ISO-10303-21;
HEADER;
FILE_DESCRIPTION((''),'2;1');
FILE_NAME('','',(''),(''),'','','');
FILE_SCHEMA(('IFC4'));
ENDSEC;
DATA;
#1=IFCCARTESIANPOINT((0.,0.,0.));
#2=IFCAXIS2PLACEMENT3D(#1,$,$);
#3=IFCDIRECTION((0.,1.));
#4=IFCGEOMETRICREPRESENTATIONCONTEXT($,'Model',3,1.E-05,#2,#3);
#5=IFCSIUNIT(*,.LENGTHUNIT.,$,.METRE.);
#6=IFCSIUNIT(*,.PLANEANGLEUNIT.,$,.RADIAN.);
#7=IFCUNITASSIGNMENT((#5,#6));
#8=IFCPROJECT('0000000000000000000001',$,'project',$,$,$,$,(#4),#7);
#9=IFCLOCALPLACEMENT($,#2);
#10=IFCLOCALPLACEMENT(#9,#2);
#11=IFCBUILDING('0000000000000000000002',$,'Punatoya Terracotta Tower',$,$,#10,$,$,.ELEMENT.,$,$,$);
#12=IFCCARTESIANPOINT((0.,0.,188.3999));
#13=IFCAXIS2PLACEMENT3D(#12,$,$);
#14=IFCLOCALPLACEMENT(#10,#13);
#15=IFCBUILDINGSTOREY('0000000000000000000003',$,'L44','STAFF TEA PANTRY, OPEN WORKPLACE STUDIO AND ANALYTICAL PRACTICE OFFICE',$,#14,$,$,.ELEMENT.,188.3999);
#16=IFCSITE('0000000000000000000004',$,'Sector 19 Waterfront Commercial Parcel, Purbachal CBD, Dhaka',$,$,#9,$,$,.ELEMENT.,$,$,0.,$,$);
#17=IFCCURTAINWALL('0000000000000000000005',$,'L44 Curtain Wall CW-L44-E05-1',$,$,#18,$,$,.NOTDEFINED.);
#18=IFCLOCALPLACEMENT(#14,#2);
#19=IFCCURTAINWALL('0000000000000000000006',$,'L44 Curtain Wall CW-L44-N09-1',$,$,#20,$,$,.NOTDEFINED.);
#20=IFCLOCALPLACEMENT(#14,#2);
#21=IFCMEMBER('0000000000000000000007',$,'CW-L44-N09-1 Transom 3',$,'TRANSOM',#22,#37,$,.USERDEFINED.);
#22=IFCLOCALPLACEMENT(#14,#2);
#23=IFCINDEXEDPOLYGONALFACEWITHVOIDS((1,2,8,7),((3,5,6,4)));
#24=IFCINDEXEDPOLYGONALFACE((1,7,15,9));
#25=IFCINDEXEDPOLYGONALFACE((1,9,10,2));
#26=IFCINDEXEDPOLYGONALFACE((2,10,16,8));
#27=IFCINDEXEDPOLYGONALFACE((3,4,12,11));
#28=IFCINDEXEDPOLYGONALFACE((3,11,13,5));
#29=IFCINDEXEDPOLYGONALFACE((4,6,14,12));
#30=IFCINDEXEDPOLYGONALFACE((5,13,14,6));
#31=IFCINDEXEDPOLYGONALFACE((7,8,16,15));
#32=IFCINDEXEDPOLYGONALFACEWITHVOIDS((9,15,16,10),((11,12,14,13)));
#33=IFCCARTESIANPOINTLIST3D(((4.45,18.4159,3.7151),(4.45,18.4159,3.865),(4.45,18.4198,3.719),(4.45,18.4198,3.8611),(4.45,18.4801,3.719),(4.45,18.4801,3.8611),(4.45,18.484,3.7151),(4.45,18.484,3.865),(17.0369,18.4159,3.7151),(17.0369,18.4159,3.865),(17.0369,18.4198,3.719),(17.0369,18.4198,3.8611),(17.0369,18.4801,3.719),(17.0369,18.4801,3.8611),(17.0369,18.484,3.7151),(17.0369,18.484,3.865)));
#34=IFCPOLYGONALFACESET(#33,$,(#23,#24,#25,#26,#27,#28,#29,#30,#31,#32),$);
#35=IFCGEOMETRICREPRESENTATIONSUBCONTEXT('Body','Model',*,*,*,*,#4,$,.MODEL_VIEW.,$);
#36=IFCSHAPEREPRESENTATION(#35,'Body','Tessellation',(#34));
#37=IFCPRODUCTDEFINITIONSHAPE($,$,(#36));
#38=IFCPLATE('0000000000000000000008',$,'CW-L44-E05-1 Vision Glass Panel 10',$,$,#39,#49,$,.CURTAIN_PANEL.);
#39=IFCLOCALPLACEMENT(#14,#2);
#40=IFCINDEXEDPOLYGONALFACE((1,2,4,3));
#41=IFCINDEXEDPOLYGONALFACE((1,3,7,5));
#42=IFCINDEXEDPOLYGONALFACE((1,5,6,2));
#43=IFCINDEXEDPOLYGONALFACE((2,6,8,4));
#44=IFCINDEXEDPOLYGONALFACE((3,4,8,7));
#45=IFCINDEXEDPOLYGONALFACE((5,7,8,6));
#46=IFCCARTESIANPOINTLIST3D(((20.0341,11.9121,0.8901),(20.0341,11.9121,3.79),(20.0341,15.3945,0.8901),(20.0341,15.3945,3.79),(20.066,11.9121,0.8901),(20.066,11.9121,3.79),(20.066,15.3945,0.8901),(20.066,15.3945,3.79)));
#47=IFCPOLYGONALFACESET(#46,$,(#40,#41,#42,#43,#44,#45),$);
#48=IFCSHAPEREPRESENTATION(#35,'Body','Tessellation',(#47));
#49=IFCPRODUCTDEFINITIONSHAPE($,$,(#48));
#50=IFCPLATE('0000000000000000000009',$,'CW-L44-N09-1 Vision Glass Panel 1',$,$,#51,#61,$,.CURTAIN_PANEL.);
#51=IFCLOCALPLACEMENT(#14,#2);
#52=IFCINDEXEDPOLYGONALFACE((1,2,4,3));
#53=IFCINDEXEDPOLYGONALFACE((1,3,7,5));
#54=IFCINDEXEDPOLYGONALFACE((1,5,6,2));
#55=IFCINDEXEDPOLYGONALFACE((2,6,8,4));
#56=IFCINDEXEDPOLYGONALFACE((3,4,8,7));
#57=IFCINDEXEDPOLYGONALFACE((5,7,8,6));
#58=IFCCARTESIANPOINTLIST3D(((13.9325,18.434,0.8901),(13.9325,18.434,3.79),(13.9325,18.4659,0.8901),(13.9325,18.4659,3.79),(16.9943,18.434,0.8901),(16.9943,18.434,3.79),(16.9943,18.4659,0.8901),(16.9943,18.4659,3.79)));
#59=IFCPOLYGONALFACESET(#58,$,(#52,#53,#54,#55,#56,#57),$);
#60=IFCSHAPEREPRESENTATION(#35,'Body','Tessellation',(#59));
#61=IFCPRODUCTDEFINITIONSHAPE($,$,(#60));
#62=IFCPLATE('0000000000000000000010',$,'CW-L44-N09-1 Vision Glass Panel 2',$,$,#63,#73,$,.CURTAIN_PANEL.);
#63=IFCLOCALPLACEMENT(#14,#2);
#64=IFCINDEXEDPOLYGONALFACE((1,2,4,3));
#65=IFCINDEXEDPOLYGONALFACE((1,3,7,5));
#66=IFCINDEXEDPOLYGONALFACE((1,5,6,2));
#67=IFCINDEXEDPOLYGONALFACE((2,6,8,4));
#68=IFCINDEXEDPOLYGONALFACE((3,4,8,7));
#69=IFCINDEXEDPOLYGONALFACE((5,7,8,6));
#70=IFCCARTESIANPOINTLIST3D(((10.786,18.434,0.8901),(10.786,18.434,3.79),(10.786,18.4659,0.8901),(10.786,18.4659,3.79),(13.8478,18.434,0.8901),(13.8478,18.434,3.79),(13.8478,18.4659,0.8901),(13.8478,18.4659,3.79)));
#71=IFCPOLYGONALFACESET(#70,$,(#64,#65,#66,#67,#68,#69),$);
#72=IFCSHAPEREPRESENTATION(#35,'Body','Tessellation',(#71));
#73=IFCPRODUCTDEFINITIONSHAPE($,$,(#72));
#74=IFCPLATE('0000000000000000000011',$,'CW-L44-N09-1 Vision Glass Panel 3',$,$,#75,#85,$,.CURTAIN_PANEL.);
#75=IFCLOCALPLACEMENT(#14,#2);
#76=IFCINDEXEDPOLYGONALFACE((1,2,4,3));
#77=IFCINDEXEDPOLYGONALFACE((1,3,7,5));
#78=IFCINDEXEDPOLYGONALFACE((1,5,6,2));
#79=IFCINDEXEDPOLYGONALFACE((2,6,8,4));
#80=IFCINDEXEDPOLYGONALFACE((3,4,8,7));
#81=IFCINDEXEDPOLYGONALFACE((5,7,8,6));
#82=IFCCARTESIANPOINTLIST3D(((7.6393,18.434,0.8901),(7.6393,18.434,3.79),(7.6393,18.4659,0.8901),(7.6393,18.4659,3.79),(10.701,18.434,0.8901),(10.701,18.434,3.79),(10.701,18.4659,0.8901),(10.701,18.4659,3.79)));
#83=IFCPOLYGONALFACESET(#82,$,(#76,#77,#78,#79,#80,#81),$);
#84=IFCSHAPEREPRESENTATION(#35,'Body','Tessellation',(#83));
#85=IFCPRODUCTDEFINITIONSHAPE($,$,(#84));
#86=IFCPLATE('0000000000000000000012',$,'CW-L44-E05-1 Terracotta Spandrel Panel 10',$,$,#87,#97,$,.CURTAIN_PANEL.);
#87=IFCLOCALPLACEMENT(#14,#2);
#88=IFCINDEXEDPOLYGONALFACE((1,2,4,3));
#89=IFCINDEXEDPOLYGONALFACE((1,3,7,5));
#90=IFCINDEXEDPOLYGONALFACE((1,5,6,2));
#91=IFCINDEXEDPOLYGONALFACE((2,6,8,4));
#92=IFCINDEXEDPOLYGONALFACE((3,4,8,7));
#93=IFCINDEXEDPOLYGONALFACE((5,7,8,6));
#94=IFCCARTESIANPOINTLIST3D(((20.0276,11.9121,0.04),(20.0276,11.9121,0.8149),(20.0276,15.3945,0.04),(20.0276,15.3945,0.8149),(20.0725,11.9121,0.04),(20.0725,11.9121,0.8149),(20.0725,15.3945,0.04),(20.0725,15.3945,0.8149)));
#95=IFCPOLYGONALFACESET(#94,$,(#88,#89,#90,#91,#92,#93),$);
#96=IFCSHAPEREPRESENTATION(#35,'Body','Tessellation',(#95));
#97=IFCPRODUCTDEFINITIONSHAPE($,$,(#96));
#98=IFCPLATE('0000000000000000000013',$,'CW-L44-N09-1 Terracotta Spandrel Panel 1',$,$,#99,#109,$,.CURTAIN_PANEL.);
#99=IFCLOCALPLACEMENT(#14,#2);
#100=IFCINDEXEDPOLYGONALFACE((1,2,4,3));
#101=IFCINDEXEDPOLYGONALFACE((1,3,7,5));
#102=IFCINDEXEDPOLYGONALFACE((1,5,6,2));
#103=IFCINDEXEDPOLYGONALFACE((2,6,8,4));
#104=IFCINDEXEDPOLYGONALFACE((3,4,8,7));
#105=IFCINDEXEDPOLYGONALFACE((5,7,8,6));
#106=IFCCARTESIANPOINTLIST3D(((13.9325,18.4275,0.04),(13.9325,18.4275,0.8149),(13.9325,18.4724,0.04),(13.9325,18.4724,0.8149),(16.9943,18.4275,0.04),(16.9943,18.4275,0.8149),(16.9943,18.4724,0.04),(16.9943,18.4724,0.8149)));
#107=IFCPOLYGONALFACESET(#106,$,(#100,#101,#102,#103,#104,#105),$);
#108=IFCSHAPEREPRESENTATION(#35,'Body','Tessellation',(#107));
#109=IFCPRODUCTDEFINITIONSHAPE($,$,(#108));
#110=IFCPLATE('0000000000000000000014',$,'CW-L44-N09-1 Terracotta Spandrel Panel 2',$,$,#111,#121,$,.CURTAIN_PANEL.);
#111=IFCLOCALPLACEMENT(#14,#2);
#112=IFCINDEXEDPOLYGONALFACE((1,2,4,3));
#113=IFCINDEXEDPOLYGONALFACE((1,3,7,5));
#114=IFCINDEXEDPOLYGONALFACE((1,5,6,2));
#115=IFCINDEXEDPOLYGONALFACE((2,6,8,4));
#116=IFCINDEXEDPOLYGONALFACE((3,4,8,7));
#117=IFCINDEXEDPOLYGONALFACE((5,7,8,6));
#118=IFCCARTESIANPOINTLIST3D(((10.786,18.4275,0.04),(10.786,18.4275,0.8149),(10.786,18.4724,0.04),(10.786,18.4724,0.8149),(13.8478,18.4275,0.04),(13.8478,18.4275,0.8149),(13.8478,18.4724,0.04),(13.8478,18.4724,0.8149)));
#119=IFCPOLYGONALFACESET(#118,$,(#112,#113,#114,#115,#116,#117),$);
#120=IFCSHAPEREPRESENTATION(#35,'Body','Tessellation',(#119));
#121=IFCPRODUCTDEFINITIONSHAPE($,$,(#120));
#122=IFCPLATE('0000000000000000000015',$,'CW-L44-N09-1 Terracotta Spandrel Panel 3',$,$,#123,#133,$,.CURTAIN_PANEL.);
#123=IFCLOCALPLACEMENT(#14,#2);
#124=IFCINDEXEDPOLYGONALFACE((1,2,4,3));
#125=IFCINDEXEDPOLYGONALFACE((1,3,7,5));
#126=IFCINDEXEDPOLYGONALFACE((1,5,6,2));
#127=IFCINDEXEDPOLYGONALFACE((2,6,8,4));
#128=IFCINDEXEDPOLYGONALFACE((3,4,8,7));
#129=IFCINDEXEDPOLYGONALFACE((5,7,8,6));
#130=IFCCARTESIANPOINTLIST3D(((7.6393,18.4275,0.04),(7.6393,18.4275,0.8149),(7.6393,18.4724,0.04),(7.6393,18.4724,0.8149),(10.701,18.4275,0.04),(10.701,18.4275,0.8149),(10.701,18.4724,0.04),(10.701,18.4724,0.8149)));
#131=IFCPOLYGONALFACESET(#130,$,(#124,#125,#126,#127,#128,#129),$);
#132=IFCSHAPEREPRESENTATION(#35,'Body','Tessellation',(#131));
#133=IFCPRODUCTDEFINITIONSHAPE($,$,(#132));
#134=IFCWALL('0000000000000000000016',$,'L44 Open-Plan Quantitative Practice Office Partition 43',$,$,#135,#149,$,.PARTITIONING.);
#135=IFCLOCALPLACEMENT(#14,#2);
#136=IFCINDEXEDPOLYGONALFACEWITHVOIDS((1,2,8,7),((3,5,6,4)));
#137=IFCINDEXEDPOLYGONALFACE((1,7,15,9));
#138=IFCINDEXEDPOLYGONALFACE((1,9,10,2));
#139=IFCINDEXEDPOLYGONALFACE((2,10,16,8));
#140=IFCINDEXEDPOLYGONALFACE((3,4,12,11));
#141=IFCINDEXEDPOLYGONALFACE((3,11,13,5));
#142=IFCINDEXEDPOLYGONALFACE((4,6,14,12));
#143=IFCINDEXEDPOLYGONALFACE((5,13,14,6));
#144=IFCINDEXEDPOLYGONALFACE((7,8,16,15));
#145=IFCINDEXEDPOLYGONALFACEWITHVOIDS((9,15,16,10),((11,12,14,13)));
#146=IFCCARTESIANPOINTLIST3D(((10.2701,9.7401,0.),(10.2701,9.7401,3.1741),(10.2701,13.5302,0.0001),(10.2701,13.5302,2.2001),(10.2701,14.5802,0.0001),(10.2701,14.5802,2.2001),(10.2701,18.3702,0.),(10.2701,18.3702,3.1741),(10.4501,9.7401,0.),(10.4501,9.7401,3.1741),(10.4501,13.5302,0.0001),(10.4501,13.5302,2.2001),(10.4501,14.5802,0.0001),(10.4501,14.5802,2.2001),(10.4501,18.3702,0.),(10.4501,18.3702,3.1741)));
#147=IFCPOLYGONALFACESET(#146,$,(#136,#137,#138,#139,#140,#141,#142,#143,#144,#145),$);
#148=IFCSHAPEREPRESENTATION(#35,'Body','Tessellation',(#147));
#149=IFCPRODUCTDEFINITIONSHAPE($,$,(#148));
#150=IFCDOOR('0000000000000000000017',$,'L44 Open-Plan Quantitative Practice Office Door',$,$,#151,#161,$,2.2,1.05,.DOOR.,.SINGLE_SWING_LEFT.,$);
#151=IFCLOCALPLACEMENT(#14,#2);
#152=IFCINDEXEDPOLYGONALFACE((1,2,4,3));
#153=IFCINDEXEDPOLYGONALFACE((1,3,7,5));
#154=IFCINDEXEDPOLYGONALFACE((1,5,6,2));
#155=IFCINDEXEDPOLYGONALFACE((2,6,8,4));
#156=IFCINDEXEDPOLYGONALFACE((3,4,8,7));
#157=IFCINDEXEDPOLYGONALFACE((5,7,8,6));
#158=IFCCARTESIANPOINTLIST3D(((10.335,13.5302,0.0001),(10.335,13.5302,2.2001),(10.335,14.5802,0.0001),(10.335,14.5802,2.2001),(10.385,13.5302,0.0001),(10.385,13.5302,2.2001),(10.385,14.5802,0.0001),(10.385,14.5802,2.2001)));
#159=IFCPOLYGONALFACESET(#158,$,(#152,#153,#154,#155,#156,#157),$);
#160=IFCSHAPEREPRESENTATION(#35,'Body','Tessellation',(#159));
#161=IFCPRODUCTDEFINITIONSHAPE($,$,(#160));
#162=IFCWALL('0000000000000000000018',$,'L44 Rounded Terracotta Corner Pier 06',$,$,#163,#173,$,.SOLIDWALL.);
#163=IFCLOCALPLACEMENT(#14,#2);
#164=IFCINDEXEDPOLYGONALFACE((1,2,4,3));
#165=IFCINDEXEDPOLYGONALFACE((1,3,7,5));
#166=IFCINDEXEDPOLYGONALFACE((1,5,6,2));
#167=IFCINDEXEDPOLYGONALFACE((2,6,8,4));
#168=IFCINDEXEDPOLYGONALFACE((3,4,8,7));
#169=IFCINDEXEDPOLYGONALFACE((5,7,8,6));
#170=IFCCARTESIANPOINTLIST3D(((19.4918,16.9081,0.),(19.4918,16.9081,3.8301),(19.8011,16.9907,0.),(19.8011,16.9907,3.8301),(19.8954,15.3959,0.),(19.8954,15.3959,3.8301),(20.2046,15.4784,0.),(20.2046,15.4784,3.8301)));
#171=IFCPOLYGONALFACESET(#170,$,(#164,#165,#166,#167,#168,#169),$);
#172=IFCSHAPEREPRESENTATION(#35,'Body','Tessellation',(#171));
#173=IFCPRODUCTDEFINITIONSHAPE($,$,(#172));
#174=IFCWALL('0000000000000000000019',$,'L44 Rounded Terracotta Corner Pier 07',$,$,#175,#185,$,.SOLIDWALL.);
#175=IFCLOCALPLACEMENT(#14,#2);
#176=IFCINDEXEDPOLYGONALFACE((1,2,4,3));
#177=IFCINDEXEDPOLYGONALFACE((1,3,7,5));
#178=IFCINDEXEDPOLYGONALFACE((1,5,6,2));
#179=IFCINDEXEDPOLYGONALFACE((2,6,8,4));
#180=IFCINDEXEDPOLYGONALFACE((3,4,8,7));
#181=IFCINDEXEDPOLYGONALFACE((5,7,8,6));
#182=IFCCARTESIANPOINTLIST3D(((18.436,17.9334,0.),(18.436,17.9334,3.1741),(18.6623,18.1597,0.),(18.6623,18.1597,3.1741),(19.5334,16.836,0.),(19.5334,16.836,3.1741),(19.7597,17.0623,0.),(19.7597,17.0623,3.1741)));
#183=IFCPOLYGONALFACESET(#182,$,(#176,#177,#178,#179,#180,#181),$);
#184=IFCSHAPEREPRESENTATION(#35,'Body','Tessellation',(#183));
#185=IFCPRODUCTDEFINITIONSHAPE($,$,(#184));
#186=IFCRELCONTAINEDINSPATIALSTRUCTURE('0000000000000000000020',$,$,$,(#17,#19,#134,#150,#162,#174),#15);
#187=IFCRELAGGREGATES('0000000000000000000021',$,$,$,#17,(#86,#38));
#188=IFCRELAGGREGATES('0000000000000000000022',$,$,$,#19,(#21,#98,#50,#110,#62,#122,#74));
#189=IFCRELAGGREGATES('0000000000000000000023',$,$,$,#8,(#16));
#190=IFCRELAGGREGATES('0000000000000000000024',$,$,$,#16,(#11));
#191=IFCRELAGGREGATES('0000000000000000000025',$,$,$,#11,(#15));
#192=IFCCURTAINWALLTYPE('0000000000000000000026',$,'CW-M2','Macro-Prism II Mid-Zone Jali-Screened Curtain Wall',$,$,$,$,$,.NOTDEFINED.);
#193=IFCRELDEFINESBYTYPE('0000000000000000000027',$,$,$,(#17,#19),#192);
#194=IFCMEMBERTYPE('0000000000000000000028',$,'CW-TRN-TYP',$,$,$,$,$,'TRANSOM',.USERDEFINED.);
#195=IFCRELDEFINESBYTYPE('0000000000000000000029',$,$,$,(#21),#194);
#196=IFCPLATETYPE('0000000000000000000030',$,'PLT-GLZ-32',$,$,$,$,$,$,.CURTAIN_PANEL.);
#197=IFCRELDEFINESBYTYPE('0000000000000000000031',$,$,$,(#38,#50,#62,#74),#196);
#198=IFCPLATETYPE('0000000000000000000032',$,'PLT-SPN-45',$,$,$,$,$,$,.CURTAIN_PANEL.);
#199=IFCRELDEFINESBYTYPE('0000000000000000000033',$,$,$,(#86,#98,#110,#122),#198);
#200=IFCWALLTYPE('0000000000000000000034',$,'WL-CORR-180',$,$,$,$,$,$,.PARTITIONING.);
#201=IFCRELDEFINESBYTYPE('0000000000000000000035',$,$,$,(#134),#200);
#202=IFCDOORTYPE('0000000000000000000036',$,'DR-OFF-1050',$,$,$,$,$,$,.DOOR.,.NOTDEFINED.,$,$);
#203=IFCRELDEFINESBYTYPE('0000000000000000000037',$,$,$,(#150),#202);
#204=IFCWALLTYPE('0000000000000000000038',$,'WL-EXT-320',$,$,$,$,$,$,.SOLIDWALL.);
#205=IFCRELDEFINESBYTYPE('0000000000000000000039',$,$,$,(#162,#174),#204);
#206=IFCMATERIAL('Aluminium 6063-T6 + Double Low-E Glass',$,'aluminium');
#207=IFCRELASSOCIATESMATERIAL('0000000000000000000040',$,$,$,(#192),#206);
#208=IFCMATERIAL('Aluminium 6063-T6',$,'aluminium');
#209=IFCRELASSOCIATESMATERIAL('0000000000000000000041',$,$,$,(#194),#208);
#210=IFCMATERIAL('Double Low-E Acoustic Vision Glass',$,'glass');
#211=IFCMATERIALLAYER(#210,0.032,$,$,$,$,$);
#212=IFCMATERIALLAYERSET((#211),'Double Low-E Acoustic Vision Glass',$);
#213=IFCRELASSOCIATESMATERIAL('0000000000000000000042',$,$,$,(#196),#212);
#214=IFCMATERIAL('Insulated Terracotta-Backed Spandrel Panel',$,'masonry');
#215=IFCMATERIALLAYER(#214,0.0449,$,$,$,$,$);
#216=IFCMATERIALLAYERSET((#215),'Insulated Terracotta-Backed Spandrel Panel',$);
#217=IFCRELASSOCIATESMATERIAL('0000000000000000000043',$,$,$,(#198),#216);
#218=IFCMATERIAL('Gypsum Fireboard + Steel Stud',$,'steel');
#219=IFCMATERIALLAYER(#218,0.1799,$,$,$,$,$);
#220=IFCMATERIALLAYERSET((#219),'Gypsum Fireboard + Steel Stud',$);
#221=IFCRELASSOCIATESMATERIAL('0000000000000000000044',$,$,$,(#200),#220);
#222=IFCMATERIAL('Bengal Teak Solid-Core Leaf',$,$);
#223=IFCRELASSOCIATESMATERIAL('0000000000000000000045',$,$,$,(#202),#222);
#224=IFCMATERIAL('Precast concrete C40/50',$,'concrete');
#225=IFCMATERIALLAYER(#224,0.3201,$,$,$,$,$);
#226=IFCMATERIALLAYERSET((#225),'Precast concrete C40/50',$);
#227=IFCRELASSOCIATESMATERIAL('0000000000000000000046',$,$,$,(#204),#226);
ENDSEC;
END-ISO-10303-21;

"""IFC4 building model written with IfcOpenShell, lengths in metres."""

from ifc_helpers import new_model, si_unit, direction, frame, frame_2d, origin, origin_2d, place, context, subcontext, project, spatial, rectangle, hollow_rectangle, extrude, material, layer, layer_set, material_profile, profile_set, type_object, element, fill, aggregate, save


model = new_model("IFC4")

# Units and contexts
model_context = context("Model", 3, precision=1e-05, world=origin(), true_north=direction((0.0, 1.0)))
body_context = subcontext(model_context, "Body", "Model", "MODEL_VIEW")
ifc_project = project(units=[si_unit("LENGTHUNIT", "METRE"), si_unit("PLANEANGLEUNIT", "RADIAN")], contexts=[model_context])

# Site, building, storey
site_placement = place(None, origin())
site = spatial("IfcSite", under=ifc_project, at=site_placement, Name="Sector 19 Waterfront Commercial Parcel, Purbachal CBD, Dhaka", CompositionType="ELEMENT", RefElevation=0.0)
building_placement = place(site_placement, origin())
building = spatial("IfcBuilding", under=site, at=building_placement, Name="Punatoya Terracotta Tower", CompositionType="ELEMENT")
storey_placement = place(building_placement, frame((0.0, 0.0, 188.3999)))
storey = spatial("IfcBuildingStorey", under=building, at=storey_placement, Name="L44", Description="STAFF TEA PANTRY, OPEN WORKPLACE STUDIO AND ANALYTICAL PRACTICE OFFICE", CompositionType="ELEMENT", Elevation=188.3999)

# Curtain walls, member
ifc_material_1 = material(Name="Aluminium 6063-T6 + Double Low-E Glass", Category="aluminium")
curtain_wall_type = type_object("IfcCurtainWallType", Name="CW-M2", Description="Macro-Prism II Mid-Zone Jali-Screened Curtain Wall", PredefinedType="NOTDEFINED", material=ifc_material_1)
curtain_wall_1_placement = place(storey_placement, origin())
curtain_wall_1 = element("IfcCurtainWall", 1, at=curtain_wall_1_placement, inside=storey, type_object=curtain_wall_type, Name="L44 Curtain Wall CW-L44-E05-1", PredefinedType="NOTDEFINED")
ifc_material_2 = material(Name="Aluminium 6063-T6", Category="aluminium")
curtain_wall_2_placement = place(storey_placement, origin())
curtain_wall_2 = element("IfcCurtainWall", 2, at=curtain_wall_2_placement, inside=storey, type_object=curtain_wall_type, Name="L44 Curtain Wall CW-L44-N09-1", PredefinedType="NOTDEFINED")
ifc_material_profile_1 = material_profile(ifc_material_2, hollow_rectangle(XDim=0.0681, YDim=0.1499, WallThickness=0.0039, at=origin_2d()))
ifc_profile_set_1 = profile_set([ifc_material_profile_1], Name="Aluminium 6063-T6")
member_type_1 = type_object("IfcMemberType", Name="CW-TRN-TYP", ElementType="TRANSOM", PredefinedType="USERDEFINED", material=ifc_profile_set_1)
member_1_placement = place(storey_placement, frame((17.0369, 18.45, 3.79), z_axis=(-1.0, 0.0, 0.0), x_axis=(0.0, -1.0, 0.0)))
member_1 = element("IfcMember", 3, at=member_1_placement, type_object=member_type_1, Name="CW-L44-N09-1 Transom 3", ObjectType="TRANSOM", PredefinedType="USERDEFINED", context=body_context, shape_type="SweptSolid", body=[
    extrude(hollow_rectangle(XDim=0.0681, YDim=0.1499, WallThickness=0.0039, at=origin_2d()), origin(), (0.0, 0.0, 1.0), 12.5869),
])

# Plates
ifc_material_3 = material(Name="Double Low-E Acoustic Vision Glass", Category="glass")
ifc_layer_1 = layer(ifc_material_3, 0.032)
ifc_layer_set_1 = layer_set([ifc_layer_1], Name="Double Low-E Acoustic Vision Glass")
plate_type_1 = type_object("IfcPlateType", Name="PLT-GLZ-32", PredefinedType="CURTAIN_PANEL", material=ifc_layer_set_1)
plate_1_placement = place(storey_placement, frame((20.05, 13.6533, 0.8901), z_axis=(0.0, 0.0, 1.0), x_axis=(0.0, 1.0, 0.0)))
plate_1 = element("IfcPlate", 4, at=plate_1_placement, type_object=plate_type_1, Name="CW-L44-E05-1 Vision Glass Panel 10", PredefinedType="CURTAIN_PANEL", context=body_context, shape_type="SweptSolid", body=[
    extrude(rectangle(XDim=3.4824, YDim=0.032, at=origin_2d()), origin(), (0.0, 0.0, 1.0), 2.8999),
])
plate_2_placement = place(storey_placement, frame((15.4634, 18.45, 0.8901), z_axis=(0.0, 0.0, 1.0), x_axis=(-1.0, 0.0, 0.0)))
plate_2 = element("IfcPlate", 5, at=plate_2_placement, type_object=plate_type_1, Name="CW-L44-N09-1 Vision Glass Panel 1", PredefinedType="CURTAIN_PANEL", context=body_context, shape_type="SweptSolid", body=[
    extrude(rectangle(XDim=3.0618, YDim=0.032, at=origin_2d()), origin(), (0.0, 0.0, 1.0), 2.8999),
])
plate_3_placement = place(storey_placement, frame((12.3169, 18.45, 0.8901), z_axis=(0.0, 0.0, 1.0), x_axis=(-1.0, 0.0, 0.0)))
plate_3 = element("IfcPlate", 6, at=plate_3_placement, type_object=plate_type_1, Name="CW-L44-N09-1 Vision Glass Panel 2", PredefinedType="CURTAIN_PANEL", context=body_context, shape_type="SweptSolid", body=[
    extrude(rectangle(XDim=3.0618, YDim=0.032, at=origin_2d()), origin(), (0.0, 0.0, 1.0), 2.8999),
])
plate_4_placement = place(storey_placement, frame((9.1702, 18.45, 0.8901), z_axis=(0.0, 0.0, 1.0), x_axis=(-1.0, 0.0, 0.0)))
plate_4 = element("IfcPlate", 7, at=plate_4_placement, type_object=plate_type_1, Name="CW-L44-N09-1 Vision Glass Panel 3", PredefinedType="CURTAIN_PANEL", context=body_context, shape_type="SweptSolid", body=[
    extrude(rectangle(XDim=3.0618, YDim=0.032, at=origin_2d()), origin(), (0.0, 0.0, 1.0), 2.8999),
])
ifc_material_4 = material(Name="Insulated Terracotta-Backed Spandrel Panel", Category="masonry")
ifc_layer_2 = layer(ifc_material_4, 0.0449)
ifc_layer_set_2 = layer_set([ifc_layer_2], Name="Insulated Terracotta-Backed Spandrel Panel")
plate_type_2 = type_object("IfcPlateType", Name="PLT-SPN-45", PredefinedType="CURTAIN_PANEL", material=ifc_layer_set_2)
plate_5_placement = place(storey_placement, frame((20.05, 13.6533, 0.04), z_axis=(0.0, 0.0, 1.0), x_axis=(0.0, 1.0, 0.0)))
plate_5 = element("IfcPlate", 8, at=plate_5_placement, type_object=plate_type_2, Name="CW-L44-E05-1 Terracotta Spandrel Panel 10", PredefinedType="CURTAIN_PANEL", context=body_context, shape_type="SweptSolid", body=[
    extrude(rectangle(XDim=3.4824, YDim=0.0449, at=origin_2d()), origin(), (0.0, 0.0, 1.0), 0.7749),
])
aggregate(curtain_wall_1, [plate_5, plate_1])
plate_6_placement = place(storey_placement, frame((15.4634, 18.45, 0.04), z_axis=(0.0, 0.0, 1.0), x_axis=(-1.0, 0.0, 0.0)))
plate_6 = element("IfcPlate", 9, at=plate_6_placement, type_object=plate_type_2, Name="CW-L44-N09-1 Terracotta Spandrel Panel 1", PredefinedType="CURTAIN_PANEL", context=body_context, shape_type="SweptSolid", body=[
    extrude(rectangle(XDim=3.0618, YDim=0.0449, at=origin_2d()), origin(), (0.0, 0.0, 1.0), 0.7749),
])
plate_7_placement = place(storey_placement, frame((12.3169, 18.45, 0.04), z_axis=(0.0, 0.0, 1.0), x_axis=(-1.0, 0.0, 0.0)))
plate_7 = element("IfcPlate", 10, at=plate_7_placement, type_object=plate_type_2, Name="CW-L44-N09-1 Terracotta Spandrel Panel 2", PredefinedType="CURTAIN_PANEL", context=body_context, shape_type="SweptSolid", body=[
    extrude(rectangle(XDim=3.0618, YDim=0.0449, at=origin_2d()), origin(), (0.0, 0.0, 1.0), 0.7749),
])
plate_8_placement = place(storey_placement, frame((9.1702, 18.45, 0.04), z_axis=(0.0, 0.0, 1.0), x_axis=(-1.0, 0.0, 0.0)))
plate_8 = element("IfcPlate", 11, at=plate_8_placement, type_object=plate_type_2, Name="CW-L44-N09-1 Terracotta Spandrel Panel 3", PredefinedType="CURTAIN_PANEL", context=body_context, shape_type="SweptSolid", body=[
    extrude(rectangle(XDim=3.0618, YDim=0.0449, at=origin_2d()), origin(), (0.0, 0.0, 1.0), 0.7749),
])
aggregate(curtain_wall_2, [member_1, plate_6, plate_2, plate_7, plate_3, plate_8, plate_4])

# Wall, opening, door
ifc_material_5 = material(Name="Gypsum Fireboard + Steel Stud", Category="steel")
ifc_layer_3 = layer(ifc_material_5, 0.1799)
ifc_layer_set_3 = layer_set([ifc_layer_3], Name="Gypsum Fireboard + Steel Stud")
wall_type_1 = type_object("IfcWallType", Name="WL-CORR-180", PredefinedType="PARTITIONING", material=ifc_layer_set_3)
wall_1_placement = place(storey_placement, frame((10.3601, 18.3701, 0.0), z_axis=(0.0, 0.0, 1.0), x_axis=(0.0, -1.0, 0.0)))
wall_1 = element("IfcWall", 12, at=wall_1_placement, inside=storey, type_object=wall_type_1, Name="L44 Open-Plan Quantitative Practice Office Partition 43", PredefinedType="PARTITIONING", context=body_context, shape_type="SweptSolid", body=[
    extrude(rectangle(XDim=8.6301, YDim=0.1799, at=frame_2d((4.3149, 0.0))), origin(), (0.0, 0.0, 1.0), 3.1741),
])
opening_placement = place(wall_1_placement, frame((3.79, 0.0, 0.0)))
opening = element("IfcOpeningElement", 13, at=opening_placement, cuts=wall_1, PredefinedType="OPENING", context=body_context, shape_type="SweptSolid", body=[
    extrude(rectangle(XDim=1.05, YDim=2.2, at=frame_2d((0.5249, 1.1001))), frame((0.0, 0.0999, 0.0), z_axis=(0.0, -1.0, 0.0), x_axis=(1.0, 0.0, 0.0)), (0.0, 0.0, 1.0), 0.2),
])
ifc_material_6 = material(Name="Bengal Teak Solid-Core Leaf")
door_type = type_object("IfcDoorType", Name="DR-OFF-1050", OperationType="NOTDEFINED", PredefinedType="DOOR", material=ifc_material_6)
door_placement = place(opening_placement, origin())
door = element("IfcDoor", 14, at=door_placement, inside=storey, type_object=door_type, Name="L44 Open-Plan Quantitative Practice Office Door", OperationType="SINGLE_SWING_LEFT", OverallHeight=2.2, OverallWidth=1.05, PredefinedType="DOOR", context=body_context, shape_type="SweptSolid", body=[
    extrude(rectangle(XDim=1.05, YDim=2.2, at=frame_2d((0.5249, 1.1001))), frame((0.0, 0.0249, 0.0), z_axis=(0.0, -1.0, 0.0), x_axis=(1.0, 0.0, 0.0)), (0.0, 0.0, 1.0), 0.05),
])
fill(opening, door)

# Walls
ifc_material_7 = material(Name="Precast concrete C40/50", Category="concrete")
ifc_layer_4 = layer(ifc_material_7, 0.3201)
ifc_layer_set_4 = layer_set([ifc_layer_4], Name="Precast concrete C40/50")
wall_type_2 = type_object("IfcWallType", Name="WL-EXT-320", PredefinedType="SOLIDWALL", material=ifc_layer_set_4)
wall_2_placement = place(storey_placement, frame((20.05, 15.437, 0.0), z_axis=(0.0, 0.0, 1.0), x_axis=(-0.257847, 0.966186, 0.0)))
element("IfcWall", 15, at=wall_2_placement, inside=storey, type_object=wall_type_2, Name="L44 Rounded Terracotta Corner Pier 06", PredefinedType="SOLIDWALL", context=body_context, shape_type="SweptSolid", body=[
    extrude(rectangle(XDim=1.5652, YDim=0.3201, at=frame_2d((0.7827, 0.0))), origin(), (0.0, 0.0, 1.0), 3.8301),
])
wall_3_placement = place(storey_placement, frame((19.6465, 16.9492, 0.0), z_axis=(0.0, 0.0, 1.0), x_axis=(-0.707107, 0.707107, 0.0)))
element("IfcWall", 16, at=wall_3_placement, inside=storey, type_object=wall_type_2, Name="L44 Rounded Terracotta Corner Pier 07", PredefinedType="SOLIDWALL", context=body_context, shape_type="SweptSolid", body=[
    extrude(rectangle(XDim=1.552, YDim=0.3201, at=frame_2d((0.7759, 0.0))), origin(), (0.0, 0.0, 1.0), 3.1741),
])

save(model, "model.ifc")
